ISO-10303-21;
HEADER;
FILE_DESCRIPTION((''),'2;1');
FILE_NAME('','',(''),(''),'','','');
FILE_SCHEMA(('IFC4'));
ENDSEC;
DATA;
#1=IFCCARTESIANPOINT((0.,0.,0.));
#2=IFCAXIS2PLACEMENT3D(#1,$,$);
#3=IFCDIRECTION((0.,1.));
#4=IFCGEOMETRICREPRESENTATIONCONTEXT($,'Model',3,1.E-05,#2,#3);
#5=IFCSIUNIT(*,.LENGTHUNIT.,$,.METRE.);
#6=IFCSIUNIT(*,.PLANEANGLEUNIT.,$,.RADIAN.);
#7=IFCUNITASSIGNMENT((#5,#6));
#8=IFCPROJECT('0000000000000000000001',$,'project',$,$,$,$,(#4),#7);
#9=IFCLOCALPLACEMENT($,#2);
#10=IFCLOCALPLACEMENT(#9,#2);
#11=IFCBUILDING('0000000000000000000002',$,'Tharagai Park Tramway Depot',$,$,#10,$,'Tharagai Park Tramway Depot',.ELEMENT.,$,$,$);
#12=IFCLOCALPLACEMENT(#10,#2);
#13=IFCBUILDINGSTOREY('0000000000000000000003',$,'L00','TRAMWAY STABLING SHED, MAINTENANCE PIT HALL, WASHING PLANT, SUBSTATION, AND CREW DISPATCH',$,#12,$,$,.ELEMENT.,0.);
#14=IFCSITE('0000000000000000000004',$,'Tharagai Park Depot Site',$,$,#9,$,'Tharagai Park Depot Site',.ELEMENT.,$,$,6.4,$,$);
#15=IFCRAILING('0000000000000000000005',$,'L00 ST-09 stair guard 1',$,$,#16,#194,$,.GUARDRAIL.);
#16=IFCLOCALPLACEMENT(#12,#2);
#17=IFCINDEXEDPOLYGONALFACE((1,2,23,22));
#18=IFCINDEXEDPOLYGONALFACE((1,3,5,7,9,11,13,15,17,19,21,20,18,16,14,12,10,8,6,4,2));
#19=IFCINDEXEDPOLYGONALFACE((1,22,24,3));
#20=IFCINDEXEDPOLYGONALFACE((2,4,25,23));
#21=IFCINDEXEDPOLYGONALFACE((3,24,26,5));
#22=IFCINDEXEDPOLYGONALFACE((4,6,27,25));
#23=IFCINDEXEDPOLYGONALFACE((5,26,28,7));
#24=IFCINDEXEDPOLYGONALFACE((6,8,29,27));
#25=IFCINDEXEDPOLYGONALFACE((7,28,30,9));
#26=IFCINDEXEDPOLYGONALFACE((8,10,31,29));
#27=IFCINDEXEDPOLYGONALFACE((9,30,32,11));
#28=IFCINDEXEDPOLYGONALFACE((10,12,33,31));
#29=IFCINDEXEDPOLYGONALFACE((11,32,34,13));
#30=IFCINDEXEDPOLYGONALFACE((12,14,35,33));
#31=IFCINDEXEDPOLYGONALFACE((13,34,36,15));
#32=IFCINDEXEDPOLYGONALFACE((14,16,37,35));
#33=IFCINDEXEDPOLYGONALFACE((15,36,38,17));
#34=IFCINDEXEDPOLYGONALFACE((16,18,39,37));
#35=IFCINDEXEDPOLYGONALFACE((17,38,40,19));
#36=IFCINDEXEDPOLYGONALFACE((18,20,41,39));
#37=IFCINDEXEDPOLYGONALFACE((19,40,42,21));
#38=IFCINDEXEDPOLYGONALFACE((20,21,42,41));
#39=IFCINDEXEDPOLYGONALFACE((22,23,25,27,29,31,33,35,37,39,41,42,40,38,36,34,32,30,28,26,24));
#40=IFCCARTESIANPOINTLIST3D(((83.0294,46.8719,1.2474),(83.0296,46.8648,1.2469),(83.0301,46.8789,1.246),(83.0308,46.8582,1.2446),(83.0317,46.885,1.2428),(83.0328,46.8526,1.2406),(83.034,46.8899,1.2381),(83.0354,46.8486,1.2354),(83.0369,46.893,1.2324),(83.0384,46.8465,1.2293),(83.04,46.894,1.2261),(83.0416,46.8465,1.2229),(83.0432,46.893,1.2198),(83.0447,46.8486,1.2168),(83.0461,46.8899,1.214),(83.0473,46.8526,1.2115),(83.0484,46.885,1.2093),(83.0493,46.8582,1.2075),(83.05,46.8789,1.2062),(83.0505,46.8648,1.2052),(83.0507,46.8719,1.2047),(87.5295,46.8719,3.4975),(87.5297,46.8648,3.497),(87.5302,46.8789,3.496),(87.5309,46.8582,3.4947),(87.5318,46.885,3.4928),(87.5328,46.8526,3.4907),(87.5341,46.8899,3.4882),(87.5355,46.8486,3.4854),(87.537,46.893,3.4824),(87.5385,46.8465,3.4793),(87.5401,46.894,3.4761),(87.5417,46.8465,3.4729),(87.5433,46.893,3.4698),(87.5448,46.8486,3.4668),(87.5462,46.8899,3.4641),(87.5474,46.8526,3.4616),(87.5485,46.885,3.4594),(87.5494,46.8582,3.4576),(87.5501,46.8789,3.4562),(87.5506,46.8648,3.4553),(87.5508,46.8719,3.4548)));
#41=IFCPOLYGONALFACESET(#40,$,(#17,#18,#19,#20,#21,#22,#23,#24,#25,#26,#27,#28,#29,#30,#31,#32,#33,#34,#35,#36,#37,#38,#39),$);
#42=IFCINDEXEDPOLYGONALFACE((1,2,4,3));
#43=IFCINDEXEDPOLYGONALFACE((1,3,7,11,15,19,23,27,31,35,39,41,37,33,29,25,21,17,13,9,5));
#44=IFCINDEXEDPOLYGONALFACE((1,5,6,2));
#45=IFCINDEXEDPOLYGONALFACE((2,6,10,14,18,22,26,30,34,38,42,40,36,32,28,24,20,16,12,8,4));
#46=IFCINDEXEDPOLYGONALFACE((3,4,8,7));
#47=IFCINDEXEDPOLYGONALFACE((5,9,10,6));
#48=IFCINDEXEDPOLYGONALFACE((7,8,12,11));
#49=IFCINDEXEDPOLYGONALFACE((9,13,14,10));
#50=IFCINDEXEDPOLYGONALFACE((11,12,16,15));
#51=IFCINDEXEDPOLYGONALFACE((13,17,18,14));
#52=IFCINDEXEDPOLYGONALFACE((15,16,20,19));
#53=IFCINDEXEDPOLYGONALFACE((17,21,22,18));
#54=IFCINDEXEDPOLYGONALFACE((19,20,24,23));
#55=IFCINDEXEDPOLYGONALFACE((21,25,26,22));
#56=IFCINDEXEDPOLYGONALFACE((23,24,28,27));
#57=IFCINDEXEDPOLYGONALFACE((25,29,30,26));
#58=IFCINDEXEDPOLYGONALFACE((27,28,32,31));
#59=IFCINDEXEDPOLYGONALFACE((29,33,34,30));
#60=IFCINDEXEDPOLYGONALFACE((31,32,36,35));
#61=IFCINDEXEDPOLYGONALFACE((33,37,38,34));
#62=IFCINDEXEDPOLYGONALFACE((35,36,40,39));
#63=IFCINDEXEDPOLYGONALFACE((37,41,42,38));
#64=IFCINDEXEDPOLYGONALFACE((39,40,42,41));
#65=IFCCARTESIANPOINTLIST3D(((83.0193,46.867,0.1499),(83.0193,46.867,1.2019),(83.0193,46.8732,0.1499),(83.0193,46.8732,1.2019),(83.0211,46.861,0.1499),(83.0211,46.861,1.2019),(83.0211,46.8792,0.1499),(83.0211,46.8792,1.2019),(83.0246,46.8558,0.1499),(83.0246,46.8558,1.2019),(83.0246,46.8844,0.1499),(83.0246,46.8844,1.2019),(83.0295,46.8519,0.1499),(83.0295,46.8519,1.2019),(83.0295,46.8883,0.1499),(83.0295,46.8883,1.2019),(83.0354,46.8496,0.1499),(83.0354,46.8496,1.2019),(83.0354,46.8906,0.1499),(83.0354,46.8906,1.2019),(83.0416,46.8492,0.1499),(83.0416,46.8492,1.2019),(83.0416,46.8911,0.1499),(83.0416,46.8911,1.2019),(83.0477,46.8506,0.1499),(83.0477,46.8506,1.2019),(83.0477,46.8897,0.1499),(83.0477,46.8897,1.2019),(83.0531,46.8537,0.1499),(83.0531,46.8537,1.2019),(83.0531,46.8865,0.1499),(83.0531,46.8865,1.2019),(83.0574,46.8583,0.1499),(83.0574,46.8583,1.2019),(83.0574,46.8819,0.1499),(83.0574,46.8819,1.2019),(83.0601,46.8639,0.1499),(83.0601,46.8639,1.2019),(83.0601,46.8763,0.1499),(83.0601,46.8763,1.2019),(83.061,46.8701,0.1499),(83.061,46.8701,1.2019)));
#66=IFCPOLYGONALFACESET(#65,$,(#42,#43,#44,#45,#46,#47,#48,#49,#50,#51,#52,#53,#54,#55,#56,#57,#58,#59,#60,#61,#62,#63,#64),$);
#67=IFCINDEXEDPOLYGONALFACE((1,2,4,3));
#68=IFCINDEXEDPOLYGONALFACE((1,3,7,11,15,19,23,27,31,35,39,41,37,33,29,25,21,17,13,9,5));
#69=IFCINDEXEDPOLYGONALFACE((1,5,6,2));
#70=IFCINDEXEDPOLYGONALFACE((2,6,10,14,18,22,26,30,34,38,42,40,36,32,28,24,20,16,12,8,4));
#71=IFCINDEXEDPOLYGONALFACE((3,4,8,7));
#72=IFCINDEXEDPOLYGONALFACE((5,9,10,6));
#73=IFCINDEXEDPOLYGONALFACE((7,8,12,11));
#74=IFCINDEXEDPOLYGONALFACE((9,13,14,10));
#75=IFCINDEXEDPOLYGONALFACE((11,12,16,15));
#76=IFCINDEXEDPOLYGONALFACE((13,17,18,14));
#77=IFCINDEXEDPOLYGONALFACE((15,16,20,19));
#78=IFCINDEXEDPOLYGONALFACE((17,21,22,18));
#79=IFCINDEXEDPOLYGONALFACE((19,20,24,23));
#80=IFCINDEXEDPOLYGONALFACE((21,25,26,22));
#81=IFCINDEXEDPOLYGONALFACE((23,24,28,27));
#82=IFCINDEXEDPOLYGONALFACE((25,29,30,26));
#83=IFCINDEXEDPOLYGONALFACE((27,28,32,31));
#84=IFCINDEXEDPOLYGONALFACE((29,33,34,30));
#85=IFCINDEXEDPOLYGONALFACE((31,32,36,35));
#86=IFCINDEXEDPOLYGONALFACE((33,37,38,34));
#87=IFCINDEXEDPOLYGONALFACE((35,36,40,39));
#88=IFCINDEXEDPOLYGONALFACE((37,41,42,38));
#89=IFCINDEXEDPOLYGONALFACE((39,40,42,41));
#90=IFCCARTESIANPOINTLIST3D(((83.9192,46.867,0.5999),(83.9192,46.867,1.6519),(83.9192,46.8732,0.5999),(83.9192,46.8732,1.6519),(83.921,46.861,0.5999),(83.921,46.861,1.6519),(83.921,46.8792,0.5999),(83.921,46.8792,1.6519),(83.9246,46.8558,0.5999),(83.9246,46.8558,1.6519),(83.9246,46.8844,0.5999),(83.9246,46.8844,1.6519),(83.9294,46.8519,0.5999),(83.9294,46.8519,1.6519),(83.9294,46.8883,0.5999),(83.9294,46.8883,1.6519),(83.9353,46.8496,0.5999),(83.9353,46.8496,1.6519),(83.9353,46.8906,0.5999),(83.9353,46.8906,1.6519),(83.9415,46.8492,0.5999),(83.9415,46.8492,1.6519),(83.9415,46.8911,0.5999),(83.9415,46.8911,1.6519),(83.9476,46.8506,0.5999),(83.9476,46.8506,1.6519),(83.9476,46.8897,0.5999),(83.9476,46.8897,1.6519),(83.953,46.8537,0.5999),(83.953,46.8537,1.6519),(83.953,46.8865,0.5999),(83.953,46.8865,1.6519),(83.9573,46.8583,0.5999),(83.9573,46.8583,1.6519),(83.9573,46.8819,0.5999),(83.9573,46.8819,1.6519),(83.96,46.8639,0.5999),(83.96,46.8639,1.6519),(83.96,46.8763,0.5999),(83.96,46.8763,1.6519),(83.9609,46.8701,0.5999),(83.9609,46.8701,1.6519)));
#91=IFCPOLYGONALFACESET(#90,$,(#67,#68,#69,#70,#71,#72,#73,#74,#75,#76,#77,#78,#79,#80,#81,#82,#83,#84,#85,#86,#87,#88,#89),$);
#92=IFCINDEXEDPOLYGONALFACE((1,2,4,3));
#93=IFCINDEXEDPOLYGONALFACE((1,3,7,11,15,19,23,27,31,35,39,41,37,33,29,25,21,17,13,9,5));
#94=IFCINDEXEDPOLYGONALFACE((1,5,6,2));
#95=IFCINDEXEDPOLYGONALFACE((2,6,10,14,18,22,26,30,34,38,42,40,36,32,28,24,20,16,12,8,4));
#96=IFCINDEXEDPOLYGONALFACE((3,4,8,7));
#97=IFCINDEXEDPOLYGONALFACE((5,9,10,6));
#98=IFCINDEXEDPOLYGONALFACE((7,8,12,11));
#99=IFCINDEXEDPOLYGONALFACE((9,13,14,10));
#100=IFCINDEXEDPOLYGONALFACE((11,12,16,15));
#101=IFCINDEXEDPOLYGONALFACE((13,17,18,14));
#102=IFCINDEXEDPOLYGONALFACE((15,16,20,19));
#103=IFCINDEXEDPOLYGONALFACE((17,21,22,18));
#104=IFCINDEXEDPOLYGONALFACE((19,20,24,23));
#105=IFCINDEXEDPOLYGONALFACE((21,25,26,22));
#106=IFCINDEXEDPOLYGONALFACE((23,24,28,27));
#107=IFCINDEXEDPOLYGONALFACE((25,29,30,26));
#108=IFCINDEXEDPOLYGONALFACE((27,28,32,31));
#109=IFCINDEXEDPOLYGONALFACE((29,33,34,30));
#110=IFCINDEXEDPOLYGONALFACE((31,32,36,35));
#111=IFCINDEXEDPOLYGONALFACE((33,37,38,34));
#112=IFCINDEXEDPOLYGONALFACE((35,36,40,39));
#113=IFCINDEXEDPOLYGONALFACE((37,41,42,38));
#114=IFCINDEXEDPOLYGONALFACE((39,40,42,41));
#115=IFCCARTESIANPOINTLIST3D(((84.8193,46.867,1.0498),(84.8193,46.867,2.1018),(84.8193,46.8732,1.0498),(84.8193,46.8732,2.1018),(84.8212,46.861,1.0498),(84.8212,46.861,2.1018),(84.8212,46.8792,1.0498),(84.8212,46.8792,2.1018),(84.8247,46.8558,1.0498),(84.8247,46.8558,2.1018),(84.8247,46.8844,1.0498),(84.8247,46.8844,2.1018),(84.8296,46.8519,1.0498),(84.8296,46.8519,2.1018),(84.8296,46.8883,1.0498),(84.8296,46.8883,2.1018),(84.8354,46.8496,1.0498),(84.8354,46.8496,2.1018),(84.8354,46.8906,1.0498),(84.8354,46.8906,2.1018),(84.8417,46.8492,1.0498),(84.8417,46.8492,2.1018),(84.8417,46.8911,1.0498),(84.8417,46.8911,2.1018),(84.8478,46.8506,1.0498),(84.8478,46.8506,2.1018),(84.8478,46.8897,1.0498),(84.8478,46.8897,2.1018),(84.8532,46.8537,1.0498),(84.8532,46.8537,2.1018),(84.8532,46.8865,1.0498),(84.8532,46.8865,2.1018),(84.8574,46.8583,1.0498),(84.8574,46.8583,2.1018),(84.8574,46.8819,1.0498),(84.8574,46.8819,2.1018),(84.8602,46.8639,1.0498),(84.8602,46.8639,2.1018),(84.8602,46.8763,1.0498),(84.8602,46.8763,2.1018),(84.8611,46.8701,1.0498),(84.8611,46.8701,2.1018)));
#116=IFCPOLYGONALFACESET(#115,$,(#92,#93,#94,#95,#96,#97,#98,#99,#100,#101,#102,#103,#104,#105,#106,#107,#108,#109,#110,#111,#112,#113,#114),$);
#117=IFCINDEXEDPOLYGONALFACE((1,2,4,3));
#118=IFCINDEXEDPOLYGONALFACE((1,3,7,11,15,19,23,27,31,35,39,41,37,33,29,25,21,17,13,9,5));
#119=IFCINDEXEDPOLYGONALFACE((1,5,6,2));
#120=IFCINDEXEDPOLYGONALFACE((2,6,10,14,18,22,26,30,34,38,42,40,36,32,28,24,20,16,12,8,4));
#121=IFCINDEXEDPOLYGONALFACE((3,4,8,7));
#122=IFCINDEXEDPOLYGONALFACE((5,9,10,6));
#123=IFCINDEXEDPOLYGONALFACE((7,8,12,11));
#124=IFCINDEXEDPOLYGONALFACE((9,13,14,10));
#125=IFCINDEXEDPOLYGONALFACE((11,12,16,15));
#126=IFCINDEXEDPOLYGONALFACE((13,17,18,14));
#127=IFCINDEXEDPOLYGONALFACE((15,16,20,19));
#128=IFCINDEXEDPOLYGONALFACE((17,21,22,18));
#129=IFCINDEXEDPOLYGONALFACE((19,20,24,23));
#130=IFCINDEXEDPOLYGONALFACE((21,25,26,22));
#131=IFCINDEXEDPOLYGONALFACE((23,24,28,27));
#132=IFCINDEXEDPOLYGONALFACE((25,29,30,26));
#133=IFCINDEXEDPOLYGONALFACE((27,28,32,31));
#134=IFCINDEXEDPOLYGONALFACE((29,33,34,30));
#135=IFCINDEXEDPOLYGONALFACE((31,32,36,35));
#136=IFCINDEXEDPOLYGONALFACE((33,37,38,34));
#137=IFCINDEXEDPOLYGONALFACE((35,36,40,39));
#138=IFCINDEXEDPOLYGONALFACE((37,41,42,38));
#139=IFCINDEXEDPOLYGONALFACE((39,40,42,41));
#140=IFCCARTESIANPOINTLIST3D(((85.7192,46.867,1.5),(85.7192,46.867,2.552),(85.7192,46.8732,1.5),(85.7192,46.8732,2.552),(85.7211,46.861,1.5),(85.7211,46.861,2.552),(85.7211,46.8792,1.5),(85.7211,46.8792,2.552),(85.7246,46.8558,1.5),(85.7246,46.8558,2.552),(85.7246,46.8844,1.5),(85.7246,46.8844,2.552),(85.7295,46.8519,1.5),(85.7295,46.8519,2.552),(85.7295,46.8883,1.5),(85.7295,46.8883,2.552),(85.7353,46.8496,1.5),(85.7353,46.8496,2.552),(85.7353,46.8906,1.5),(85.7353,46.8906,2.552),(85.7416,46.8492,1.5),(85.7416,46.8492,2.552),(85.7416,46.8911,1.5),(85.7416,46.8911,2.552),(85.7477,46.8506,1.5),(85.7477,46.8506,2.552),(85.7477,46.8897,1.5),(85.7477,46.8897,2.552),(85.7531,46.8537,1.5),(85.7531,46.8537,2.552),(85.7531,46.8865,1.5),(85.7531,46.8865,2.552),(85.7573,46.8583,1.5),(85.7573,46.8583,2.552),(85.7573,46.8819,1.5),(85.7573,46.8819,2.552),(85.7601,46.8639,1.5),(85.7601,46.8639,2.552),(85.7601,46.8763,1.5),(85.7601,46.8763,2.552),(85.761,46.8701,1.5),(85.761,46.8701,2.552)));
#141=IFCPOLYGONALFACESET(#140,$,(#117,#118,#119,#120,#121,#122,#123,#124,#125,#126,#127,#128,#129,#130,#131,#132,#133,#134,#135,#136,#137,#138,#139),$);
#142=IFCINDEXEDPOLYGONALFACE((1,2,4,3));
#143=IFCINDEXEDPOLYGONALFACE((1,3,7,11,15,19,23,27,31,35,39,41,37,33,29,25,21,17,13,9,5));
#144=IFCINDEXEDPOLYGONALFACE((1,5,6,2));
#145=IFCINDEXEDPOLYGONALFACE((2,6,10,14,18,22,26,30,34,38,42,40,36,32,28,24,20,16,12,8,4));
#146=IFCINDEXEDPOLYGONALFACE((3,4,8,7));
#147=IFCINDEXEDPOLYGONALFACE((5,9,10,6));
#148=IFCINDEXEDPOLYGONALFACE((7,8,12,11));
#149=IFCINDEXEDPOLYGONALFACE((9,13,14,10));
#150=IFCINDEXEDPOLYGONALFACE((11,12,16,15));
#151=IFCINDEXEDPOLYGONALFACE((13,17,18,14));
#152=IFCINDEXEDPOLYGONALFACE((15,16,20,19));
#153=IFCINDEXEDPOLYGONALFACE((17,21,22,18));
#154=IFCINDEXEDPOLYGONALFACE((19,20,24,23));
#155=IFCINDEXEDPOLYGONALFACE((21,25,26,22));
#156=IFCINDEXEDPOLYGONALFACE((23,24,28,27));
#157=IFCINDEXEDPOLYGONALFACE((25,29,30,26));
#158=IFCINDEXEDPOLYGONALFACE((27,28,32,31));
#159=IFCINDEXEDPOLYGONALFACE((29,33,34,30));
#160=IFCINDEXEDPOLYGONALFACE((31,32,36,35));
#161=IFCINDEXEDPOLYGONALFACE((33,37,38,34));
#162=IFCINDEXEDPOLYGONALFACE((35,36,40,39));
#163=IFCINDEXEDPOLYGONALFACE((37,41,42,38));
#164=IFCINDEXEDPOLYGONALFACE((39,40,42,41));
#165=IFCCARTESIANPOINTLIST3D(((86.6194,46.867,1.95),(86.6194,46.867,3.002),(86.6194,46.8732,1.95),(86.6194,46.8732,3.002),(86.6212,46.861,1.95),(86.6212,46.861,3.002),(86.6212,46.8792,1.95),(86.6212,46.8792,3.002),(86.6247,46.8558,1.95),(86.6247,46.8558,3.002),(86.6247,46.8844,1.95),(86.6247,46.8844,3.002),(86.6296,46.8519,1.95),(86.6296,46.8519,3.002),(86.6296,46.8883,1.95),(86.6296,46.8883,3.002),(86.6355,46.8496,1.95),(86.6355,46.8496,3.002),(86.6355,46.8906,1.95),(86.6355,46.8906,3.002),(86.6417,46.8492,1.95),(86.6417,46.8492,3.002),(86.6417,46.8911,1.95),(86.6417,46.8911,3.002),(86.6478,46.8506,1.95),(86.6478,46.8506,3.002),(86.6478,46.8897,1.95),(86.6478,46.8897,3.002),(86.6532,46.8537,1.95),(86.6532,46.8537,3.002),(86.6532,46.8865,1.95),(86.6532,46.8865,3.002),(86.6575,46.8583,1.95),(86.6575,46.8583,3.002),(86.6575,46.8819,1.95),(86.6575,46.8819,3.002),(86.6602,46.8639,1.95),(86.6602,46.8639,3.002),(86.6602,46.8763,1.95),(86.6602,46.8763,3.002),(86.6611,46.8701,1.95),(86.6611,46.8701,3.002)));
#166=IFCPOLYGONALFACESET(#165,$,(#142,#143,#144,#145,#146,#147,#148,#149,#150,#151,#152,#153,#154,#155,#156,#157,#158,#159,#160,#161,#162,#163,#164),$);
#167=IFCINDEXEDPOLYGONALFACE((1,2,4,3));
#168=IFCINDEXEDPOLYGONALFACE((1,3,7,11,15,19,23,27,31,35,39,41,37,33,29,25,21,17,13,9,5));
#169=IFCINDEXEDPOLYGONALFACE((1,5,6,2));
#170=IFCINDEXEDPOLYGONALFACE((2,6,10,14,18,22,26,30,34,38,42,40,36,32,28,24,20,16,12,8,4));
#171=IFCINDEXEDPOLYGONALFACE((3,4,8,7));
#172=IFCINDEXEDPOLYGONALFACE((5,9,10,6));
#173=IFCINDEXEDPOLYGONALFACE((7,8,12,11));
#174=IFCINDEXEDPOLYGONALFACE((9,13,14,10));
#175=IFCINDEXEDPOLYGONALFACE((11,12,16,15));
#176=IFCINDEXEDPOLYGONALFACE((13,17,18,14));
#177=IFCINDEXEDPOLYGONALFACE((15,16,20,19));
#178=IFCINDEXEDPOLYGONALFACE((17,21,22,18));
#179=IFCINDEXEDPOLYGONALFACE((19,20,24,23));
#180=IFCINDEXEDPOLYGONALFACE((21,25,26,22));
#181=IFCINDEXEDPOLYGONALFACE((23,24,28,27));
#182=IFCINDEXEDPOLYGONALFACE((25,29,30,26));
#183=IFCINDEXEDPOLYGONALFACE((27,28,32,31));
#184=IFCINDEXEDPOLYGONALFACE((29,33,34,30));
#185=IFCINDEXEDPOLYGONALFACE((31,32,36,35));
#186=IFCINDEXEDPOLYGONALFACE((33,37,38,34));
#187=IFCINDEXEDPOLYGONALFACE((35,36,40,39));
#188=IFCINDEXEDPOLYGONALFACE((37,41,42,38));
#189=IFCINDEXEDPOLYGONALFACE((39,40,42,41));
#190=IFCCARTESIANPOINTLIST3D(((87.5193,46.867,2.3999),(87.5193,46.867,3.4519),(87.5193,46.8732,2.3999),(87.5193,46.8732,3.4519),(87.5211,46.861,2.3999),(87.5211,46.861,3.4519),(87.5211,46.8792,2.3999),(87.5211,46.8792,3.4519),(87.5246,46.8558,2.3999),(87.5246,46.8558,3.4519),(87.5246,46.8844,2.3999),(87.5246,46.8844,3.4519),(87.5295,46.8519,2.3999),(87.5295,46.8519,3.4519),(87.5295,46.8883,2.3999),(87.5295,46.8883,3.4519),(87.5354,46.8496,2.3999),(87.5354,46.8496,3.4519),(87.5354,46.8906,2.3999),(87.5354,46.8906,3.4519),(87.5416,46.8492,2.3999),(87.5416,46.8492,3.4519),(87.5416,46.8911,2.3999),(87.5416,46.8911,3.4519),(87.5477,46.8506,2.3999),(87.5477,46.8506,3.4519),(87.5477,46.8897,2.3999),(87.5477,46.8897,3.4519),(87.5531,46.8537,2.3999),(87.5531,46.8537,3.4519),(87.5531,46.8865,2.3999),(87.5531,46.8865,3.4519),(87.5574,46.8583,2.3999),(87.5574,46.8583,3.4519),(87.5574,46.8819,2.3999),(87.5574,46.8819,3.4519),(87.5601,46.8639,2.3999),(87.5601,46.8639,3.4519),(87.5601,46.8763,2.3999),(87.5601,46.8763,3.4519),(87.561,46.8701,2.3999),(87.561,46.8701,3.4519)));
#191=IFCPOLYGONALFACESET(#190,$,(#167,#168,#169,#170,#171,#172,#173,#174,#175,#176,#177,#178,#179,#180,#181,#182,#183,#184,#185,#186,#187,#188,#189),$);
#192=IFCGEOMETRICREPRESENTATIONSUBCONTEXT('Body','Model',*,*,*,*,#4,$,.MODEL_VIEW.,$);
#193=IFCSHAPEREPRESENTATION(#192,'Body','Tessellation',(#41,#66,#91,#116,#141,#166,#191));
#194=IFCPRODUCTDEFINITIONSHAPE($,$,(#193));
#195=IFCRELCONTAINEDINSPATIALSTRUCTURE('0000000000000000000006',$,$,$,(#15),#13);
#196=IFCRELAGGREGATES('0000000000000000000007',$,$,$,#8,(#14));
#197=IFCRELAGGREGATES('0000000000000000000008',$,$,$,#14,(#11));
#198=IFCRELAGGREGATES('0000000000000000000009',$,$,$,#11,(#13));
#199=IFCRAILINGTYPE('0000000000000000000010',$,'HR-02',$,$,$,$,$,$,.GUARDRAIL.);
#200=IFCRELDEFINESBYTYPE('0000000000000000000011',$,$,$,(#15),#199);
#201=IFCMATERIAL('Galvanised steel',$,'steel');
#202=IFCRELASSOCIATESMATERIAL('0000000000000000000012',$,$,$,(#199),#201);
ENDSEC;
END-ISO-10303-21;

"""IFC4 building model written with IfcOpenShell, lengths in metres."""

from ifc_helpers import new_model, si_unit, direction, frame, origin, origin_2d, place, context, subcontext, project, spatial, circle, extrude, material, type_object, element, save


model = new_model("IFC4")

# Units and contexts
model_context = context("Model", 3, precision=1e-05, world=origin(), true_north=direction((0.0, 1.0)))
body_context = subcontext(model_context, "Body", "Model", "MODEL_VIEW")
ifc_project = project(units=[si_unit("LENGTHUNIT", "METRE"), si_unit("PLANEANGLEUNIT", "RADIAN")], contexts=[model_context])

# Site, building, storey
site_placement = place(None, origin())
site = spatial("IfcSite", under=ifc_project, at=site_placement, Name="Tharagai Park Depot Site", LongName="Tharagai Park Depot Site", CompositionType="ELEMENT", RefElevation=6.4)
building_placement = place(site_placement, origin())
building = spatial("IfcBuilding", under=site, at=building_placement, Name="Tharagai Park Tramway Depot", LongName="Tharagai Park Tramway Depot", CompositionType="ELEMENT")
storey_placement = place(building_placement, origin())
storey = spatial("IfcBuildingStorey", under=building, at=storey_placement, Name="L00", Description="TRAMWAY STABLING SHED, MAINTENANCE PIT HALL, WASHING PLANT, SUBSTATION, AND CREW DISPATCH", CompositionType="ELEMENT", Elevation=0.0)

# Shared definitions
ifc_material_1 = material(Name="Galvanised steel", Category="steel")

# Railing
railing_type_1 = type_object("IfcRailingType", Name="HR-02", PredefinedType="GUARDRAIL", material=ifc_material_1)
railing_1_placement = place(storey_placement, frame((83.04, 46.8701, 0.1499)))
element("IfcRailing", 1, at=railing_1_placement, inside=storey, type_object=railing_type_1, Name="L00 ST-09 stair guard 1", PredefinedType="GUARDRAIL", context=body_context, shape_type="SweptSolid", body=[
    extrude(circle(Radius=0.0239, at=origin_2d()), frame((0.0, 0.0, 1.0762), z_axis=(0.894427, 0.0, 0.447214), x_axis=(0.0, 1.0, 0.0)), (0.0, 0.0, 1.0), 5.0312),
    extrude(circle(Radius=0.021, at=origin_2d()), origin(), (0.0, 0.0, 1.0), 1.052),
    extrude(circle(Radius=0.021, at=origin_2d()), frame((0.8999, 0.0, 0.45)), (0.0, 0.0, 1.0), 1.052),
    extrude(circle(Radius=0.021, at=origin_2d()), frame((1.8, 0.0, 0.8999)), (0.0, 0.0, 1.0), 1.052),
    extrude(circle(Radius=0.021, at=origin_2d()), frame((2.7, 0.0, 1.3501)), (0.0, 0.0, 1.0), 1.052),
    extrude(circle(Radius=0.021, at=origin_2d()), frame((3.6001, 0.0, 1.8)), (0.0, 0.0, 1.0), 1.052),
    extrude(circle(Radius=0.021, at=origin_2d()), frame((4.5, 0.0, 2.25)), (0.0, 0.0, 1.0), 1.052),
])

save(model, "model.ifc")
